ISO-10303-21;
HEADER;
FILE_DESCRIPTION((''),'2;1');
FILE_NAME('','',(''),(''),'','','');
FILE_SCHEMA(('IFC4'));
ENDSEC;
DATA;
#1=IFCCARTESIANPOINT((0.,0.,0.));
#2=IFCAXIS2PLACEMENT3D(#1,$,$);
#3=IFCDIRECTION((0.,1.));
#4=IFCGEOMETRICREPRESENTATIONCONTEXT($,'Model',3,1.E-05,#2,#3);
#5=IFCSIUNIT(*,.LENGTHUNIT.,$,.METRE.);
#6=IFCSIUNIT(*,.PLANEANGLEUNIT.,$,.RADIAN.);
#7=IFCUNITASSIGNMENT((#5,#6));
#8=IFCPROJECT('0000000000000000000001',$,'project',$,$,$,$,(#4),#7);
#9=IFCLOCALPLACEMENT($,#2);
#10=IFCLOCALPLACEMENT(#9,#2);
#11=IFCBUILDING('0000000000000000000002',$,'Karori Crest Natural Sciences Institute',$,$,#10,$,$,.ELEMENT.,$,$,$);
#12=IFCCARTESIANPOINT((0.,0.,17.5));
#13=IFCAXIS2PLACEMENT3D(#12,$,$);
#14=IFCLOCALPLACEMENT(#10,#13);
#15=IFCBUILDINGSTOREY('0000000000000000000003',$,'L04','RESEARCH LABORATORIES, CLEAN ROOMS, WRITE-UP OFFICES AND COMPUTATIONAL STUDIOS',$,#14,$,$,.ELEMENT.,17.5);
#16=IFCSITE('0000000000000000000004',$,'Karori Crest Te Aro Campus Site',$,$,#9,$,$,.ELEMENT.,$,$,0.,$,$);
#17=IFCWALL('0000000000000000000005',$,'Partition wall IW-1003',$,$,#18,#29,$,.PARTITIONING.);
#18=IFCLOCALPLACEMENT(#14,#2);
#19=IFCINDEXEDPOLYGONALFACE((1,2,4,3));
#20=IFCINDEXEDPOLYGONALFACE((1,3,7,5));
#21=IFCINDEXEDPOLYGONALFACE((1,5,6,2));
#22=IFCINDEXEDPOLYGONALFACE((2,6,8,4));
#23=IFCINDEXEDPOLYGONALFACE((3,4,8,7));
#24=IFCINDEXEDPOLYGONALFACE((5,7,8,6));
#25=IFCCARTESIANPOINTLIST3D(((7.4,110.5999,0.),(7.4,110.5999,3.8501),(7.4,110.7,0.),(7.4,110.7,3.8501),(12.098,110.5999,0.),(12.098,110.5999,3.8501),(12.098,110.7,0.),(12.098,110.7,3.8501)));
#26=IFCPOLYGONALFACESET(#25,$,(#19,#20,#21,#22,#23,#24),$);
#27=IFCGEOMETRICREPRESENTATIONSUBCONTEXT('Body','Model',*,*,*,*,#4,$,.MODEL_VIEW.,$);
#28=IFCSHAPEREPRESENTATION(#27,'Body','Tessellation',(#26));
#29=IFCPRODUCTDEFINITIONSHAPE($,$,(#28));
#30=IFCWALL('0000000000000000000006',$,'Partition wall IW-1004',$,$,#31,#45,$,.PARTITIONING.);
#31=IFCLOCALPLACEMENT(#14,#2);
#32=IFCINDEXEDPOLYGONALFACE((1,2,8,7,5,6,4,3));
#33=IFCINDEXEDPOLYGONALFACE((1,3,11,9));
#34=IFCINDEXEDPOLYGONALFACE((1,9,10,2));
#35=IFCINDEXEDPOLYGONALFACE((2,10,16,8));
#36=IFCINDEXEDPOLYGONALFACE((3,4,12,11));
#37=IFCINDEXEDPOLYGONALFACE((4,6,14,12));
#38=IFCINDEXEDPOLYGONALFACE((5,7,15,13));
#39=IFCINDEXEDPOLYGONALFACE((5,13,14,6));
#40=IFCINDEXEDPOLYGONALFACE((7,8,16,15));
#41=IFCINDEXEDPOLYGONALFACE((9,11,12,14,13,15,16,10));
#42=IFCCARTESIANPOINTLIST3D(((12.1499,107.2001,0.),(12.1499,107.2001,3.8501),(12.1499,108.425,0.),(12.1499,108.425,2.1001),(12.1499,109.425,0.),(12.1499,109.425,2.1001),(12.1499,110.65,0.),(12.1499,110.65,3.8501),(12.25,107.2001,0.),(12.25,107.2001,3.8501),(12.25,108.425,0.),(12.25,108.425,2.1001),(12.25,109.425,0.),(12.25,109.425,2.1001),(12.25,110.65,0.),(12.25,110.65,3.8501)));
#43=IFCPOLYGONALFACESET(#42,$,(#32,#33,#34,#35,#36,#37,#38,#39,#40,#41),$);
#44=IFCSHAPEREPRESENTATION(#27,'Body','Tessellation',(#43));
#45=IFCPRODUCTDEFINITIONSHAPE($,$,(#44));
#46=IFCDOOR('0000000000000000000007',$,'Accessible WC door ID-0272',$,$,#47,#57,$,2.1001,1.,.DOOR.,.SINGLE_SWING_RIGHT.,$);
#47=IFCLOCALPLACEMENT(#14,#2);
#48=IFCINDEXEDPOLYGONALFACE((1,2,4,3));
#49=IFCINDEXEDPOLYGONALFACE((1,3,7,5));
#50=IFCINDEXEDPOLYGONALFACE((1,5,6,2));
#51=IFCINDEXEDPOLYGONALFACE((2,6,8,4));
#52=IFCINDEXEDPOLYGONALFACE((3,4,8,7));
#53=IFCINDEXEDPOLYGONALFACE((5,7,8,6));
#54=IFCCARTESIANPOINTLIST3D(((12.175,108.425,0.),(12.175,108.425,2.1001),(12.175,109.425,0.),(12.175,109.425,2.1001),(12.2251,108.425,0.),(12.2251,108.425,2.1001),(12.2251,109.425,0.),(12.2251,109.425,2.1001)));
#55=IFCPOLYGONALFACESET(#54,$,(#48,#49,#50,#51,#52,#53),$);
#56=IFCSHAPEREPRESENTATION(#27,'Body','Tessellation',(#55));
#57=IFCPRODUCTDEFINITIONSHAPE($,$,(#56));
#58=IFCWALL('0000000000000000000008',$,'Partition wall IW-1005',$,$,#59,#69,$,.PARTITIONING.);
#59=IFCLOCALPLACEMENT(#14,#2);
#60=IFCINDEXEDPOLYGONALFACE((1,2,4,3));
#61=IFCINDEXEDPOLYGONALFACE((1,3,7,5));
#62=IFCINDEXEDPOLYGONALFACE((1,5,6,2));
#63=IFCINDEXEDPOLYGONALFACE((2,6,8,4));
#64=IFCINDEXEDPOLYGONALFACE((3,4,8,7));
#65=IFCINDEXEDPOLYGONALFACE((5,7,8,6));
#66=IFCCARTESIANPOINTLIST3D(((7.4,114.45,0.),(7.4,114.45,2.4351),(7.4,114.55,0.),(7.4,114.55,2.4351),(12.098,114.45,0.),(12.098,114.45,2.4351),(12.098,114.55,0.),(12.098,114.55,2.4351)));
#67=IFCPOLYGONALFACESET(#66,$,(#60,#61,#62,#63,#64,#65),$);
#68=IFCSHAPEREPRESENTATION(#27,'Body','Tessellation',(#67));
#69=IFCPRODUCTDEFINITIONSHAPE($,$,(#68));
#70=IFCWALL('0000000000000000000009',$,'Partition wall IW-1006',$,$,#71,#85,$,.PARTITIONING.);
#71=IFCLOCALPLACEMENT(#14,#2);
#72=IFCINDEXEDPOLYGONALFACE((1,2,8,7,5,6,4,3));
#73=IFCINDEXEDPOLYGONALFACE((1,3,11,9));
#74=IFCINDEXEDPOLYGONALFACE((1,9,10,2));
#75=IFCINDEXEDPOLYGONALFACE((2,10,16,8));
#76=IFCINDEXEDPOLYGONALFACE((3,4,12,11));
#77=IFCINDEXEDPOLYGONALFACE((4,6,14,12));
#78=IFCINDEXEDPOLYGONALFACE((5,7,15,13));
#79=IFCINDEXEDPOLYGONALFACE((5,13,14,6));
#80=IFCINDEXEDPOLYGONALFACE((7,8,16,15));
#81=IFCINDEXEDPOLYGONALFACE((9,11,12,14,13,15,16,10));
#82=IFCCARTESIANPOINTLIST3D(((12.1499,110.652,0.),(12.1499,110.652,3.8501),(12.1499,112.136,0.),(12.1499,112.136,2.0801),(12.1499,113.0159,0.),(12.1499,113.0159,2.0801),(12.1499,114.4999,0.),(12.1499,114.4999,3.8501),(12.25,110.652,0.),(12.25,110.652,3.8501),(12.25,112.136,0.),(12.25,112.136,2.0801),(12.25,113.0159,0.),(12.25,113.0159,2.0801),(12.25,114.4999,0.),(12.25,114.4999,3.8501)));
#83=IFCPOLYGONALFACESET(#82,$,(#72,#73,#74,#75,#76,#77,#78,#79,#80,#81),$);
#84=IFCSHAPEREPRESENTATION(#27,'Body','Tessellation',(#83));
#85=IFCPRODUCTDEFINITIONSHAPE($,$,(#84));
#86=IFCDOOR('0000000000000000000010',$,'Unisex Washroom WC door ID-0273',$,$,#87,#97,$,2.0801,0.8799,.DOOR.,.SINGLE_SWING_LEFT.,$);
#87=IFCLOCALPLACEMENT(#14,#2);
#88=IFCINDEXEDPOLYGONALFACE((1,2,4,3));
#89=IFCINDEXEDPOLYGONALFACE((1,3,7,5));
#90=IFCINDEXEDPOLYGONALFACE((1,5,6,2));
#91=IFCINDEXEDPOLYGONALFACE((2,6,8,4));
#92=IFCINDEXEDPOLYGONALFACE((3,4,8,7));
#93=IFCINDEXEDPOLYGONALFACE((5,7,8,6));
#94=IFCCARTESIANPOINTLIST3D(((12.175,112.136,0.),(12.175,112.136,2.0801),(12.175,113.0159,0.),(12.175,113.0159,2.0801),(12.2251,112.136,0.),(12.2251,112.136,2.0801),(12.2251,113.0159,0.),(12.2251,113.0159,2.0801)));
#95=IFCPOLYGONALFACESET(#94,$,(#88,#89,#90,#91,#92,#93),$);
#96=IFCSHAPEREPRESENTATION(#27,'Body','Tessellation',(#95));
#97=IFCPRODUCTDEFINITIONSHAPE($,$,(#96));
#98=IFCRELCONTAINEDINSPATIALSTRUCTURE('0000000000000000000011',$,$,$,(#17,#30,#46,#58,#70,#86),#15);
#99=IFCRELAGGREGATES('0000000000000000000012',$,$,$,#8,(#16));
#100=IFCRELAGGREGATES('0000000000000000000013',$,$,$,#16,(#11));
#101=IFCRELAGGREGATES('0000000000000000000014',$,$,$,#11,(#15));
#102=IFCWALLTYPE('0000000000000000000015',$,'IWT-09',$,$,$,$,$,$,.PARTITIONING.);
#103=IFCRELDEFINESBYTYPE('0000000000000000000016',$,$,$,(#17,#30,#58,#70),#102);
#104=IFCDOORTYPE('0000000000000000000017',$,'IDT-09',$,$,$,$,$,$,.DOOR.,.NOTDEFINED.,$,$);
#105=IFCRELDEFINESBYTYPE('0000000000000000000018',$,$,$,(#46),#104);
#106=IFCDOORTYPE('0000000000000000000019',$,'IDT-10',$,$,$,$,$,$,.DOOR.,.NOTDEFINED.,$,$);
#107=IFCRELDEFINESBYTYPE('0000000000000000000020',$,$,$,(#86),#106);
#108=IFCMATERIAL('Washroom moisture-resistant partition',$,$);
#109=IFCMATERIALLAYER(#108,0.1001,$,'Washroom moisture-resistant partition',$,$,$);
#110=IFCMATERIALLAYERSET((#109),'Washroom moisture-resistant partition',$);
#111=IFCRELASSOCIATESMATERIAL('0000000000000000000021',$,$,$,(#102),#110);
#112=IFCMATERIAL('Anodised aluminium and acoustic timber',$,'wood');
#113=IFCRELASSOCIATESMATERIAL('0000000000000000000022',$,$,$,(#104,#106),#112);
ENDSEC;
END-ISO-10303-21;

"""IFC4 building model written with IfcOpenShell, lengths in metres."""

from ifc_helpers import new_model, si_unit, direction, frame, frame_2d, origin, place, context, subcontext, project, spatial, rectangle, extrude, material, layer, layer_set, type_object, element, fill, save


model = new_model("IFC4")

# Units and contexts
model_context = context("Model", 3, precision=1e-05, world=origin(), true_north=direction((0.0, 1.0)))
body_context = subcontext(model_context, "Body", "Model", "MODEL_VIEW")
ifc_project = project(units=[si_unit("LENGTHUNIT", "METRE"), si_unit("PLANEANGLEUNIT", "RADIAN")], contexts=[model_context])

# Site, building, storey
site_placement = place(None, origin())
site = spatial("IfcSite", under=ifc_project, at=site_placement, Name="Karori Crest Te Aro Campus Site", CompositionType="ELEMENT", RefElevation=0.0)
building_placement = place(site_placement, origin())
building = spatial("IfcBuilding", under=site, at=building_placement, Name="Karori Crest Natural Sciences Institute", CompositionType="ELEMENT")
storey_placement = place(building_placement, frame((0.0, 0.0, 17.5)))
storey = spatial("IfcBuildingStorey", under=building, at=storey_placement, Name="L04", Description="RESEARCH LABORATORIES, CLEAN ROOMS, WRITE-UP OFFICES AND COMPUTATIONAL STUDIOS", CompositionType="ELEMENT", Elevation=17.5)

# Wall
ifc_material_1 = material(Name="Washroom moisture-resistant partition")
ifc_layer_1 = layer(ifc_material_1, 0.1001, Name="Washroom moisture-resistant partition")
ifc_layer_set_1 = layer_set([ifc_layer_1], Name="Washroom moisture-resistant partition")
wall_type_1 = type_object("IfcWallType", Name="IWT-09", PredefinedType="PARTITIONING", material=ifc_layer_set_1)
for number, where, z_axis, x_axis, name in (
    (1, (7.3999, 110.6499, 0.0), (0.0, 0.0, 1.0), (1.0, 0.0, 0.0), "Partition wall IW-1003"),
):
    element("IfcWall", number, at=place(storey_placement, frame(where, z_axis=z_axis, x_axis=x_axis)), inside=storey, type_object=wall_type_1, Name=name, PredefinedType="PARTITIONING", context=body_context, shape_type="SweptSolid", body=[
        extrude(rectangle(XDim=4.698, YDim=0.1001, at=frame_2d((2.3491, 0.0))), origin(), (0.0, 0.0, 1.0), 3.8501),
    ])

# Wall, opening, door
wall_1_placement = place(storey_placement, frame((12.2, 107.2, 0.0), z_axis=(0.0, 0.0, 1.0), x_axis=(0.0, 1.0, 0.0)))
wall_1 = element("IfcWall", 2, at=wall_1_placement, inside=storey, type_object=wall_type_1, Name="Partition wall IW-1004", PredefinedType="PARTITIONING", context=body_context, shape_type="SweptSolid", body=[
    extrude(rectangle(XDim=3.45, YDim=0.1001, at=frame_2d((1.7251, 0.0))), origin(), (0.0, 0.0, 1.0), 3.8501),
])
opening_1_placement = place(wall_1_placement, frame((1.2251, 0.0, 0.0)))
opening_1 = element("IfcOpeningElement", 3, at=opening_1_placement, cuts=wall_1, PredefinedType="OPENING", context=body_context, shape_type="SweptSolid", body=[
    extrude(rectangle(XDim=1.0, YDim=2.1001, at=frame_2d((0.5, 1.05))), frame((0.0, 0.0601, 0.0), z_axis=(0.0, -1.0, 0.0), x_axis=(1.0, 0.0, 0.0)), (0.0, 0.0, 1.0), 0.1201),
])
ifc_material_2 = material(Name="Anodised aluminium and acoustic timber", Category="wood")
door_type_1 = type_object("IfcDoorType", Name="IDT-09", OperationType="NOTDEFINED", PredefinedType="DOOR", material=ifc_material_2)
door_1_placement = place(opening_1_placement, origin())
door_1 = element("IfcDoor", 4, at=door_1_placement, inside=storey, type_object=door_type_1, Name="Accessible WC door ID-0272", OperationType="SINGLE_SWING_RIGHT", OverallHeight=2.1001, OverallWidth=1.0, PredefinedType="DOOR", context=body_context, shape_type="SweptSolid", body=[
    extrude(rectangle(XDim=1.0, YDim=2.1001, at=frame_2d((0.5, 1.05))), frame((0.0, 0.0249, 0.0), z_axis=(0.0, -1.0, 0.0), x_axis=(1.0, 0.0, 0.0)), (0.0, 0.0, 1.0), 0.05),
])
fill(opening_1, door_1)

# Wall
wall_2_placement = place(storey_placement, frame((7.3999, 114.5, 0.0), z_axis=(0.0, 0.0, 1.0), x_axis=(1.0, 0.0, 0.0)))
element("IfcWall", 5, at=wall_2_placement, inside=storey, type_object=wall_type_1, Name="Partition wall IW-1005", PredefinedType="PARTITIONING", context=body_context, shape_type="SweptSolid", body=[
    extrude(rectangle(XDim=4.698, YDim=0.1001, at=frame_2d((2.3491, 0.0))), origin(), (0.0, 0.0, 1.0), 2.4351),
])

# Wall, opening, door
wall_3_placement = place(storey_placement, frame((12.2, 110.6521, 0.0), z_axis=(0.0, 0.0, 1.0), x_axis=(0.0, 1.0, 0.0)))
wall_3 = element("IfcWall", 6, at=wall_3_placement, inside=storey, type_object=wall_type_1, Name="Partition wall IW-1006", PredefinedType="PARTITIONING", context=body_context, shape_type="SweptSolid", body=[
    extrude(rectangle(XDim=3.8479, YDim=0.1001, at=frame_2d((1.9238, 0.0))), origin(), (0.0, 0.0, 1.0), 3.8501),
])
opening_2_placement = place(wall_3_placement, frame((1.4839, 0.0, 0.0)))
opening_2 = element("IfcOpeningElement", 7, at=opening_2_placement, cuts=wall_3, PredefinedType="OPENING", context=body_context, shape_type="SweptSolid", body=[
    extrude(rectangle(XDim=0.8799, YDim=2.0801, at=frame_2d((0.4399, 1.04))), frame((0.0, 0.0601, 0.0), z_axis=(0.0, -1.0, 0.0), x_axis=(1.0, 0.0, 0.0)), (0.0, 0.0, 1.0), 0.1201),
])
door_type_2 = type_object("IfcDoorType", Name="IDT-10", OperationType="NOTDEFINED", PredefinedType="DOOR", material=ifc_material_2)
door_2_placement = place(opening_2_placement, origin())
door_2 = element("IfcDoor", 8, at=door_2_placement, inside=storey, type_object=door_type_2, Name="Unisex Washroom WC door ID-0273", OperationType="SINGLE_SWING_LEFT", OverallHeight=2.0801, OverallWidth=0.8799, PredefinedType="DOOR", context=body_context, shape_type="SweptSolid", body=[
    extrude(rectangle(XDim=0.8799, YDim=2.0801, at=frame_2d((0.4399, 1.04))), frame((0.0, 0.0249, 0.0), z_axis=(0.0, -1.0, 0.0), x_axis=(1.0, 0.0, 0.0)), (0.0, 0.0, 1.0), 0.05),
])
fill(opening_2, door_2)

save(model, "model.ifc")
